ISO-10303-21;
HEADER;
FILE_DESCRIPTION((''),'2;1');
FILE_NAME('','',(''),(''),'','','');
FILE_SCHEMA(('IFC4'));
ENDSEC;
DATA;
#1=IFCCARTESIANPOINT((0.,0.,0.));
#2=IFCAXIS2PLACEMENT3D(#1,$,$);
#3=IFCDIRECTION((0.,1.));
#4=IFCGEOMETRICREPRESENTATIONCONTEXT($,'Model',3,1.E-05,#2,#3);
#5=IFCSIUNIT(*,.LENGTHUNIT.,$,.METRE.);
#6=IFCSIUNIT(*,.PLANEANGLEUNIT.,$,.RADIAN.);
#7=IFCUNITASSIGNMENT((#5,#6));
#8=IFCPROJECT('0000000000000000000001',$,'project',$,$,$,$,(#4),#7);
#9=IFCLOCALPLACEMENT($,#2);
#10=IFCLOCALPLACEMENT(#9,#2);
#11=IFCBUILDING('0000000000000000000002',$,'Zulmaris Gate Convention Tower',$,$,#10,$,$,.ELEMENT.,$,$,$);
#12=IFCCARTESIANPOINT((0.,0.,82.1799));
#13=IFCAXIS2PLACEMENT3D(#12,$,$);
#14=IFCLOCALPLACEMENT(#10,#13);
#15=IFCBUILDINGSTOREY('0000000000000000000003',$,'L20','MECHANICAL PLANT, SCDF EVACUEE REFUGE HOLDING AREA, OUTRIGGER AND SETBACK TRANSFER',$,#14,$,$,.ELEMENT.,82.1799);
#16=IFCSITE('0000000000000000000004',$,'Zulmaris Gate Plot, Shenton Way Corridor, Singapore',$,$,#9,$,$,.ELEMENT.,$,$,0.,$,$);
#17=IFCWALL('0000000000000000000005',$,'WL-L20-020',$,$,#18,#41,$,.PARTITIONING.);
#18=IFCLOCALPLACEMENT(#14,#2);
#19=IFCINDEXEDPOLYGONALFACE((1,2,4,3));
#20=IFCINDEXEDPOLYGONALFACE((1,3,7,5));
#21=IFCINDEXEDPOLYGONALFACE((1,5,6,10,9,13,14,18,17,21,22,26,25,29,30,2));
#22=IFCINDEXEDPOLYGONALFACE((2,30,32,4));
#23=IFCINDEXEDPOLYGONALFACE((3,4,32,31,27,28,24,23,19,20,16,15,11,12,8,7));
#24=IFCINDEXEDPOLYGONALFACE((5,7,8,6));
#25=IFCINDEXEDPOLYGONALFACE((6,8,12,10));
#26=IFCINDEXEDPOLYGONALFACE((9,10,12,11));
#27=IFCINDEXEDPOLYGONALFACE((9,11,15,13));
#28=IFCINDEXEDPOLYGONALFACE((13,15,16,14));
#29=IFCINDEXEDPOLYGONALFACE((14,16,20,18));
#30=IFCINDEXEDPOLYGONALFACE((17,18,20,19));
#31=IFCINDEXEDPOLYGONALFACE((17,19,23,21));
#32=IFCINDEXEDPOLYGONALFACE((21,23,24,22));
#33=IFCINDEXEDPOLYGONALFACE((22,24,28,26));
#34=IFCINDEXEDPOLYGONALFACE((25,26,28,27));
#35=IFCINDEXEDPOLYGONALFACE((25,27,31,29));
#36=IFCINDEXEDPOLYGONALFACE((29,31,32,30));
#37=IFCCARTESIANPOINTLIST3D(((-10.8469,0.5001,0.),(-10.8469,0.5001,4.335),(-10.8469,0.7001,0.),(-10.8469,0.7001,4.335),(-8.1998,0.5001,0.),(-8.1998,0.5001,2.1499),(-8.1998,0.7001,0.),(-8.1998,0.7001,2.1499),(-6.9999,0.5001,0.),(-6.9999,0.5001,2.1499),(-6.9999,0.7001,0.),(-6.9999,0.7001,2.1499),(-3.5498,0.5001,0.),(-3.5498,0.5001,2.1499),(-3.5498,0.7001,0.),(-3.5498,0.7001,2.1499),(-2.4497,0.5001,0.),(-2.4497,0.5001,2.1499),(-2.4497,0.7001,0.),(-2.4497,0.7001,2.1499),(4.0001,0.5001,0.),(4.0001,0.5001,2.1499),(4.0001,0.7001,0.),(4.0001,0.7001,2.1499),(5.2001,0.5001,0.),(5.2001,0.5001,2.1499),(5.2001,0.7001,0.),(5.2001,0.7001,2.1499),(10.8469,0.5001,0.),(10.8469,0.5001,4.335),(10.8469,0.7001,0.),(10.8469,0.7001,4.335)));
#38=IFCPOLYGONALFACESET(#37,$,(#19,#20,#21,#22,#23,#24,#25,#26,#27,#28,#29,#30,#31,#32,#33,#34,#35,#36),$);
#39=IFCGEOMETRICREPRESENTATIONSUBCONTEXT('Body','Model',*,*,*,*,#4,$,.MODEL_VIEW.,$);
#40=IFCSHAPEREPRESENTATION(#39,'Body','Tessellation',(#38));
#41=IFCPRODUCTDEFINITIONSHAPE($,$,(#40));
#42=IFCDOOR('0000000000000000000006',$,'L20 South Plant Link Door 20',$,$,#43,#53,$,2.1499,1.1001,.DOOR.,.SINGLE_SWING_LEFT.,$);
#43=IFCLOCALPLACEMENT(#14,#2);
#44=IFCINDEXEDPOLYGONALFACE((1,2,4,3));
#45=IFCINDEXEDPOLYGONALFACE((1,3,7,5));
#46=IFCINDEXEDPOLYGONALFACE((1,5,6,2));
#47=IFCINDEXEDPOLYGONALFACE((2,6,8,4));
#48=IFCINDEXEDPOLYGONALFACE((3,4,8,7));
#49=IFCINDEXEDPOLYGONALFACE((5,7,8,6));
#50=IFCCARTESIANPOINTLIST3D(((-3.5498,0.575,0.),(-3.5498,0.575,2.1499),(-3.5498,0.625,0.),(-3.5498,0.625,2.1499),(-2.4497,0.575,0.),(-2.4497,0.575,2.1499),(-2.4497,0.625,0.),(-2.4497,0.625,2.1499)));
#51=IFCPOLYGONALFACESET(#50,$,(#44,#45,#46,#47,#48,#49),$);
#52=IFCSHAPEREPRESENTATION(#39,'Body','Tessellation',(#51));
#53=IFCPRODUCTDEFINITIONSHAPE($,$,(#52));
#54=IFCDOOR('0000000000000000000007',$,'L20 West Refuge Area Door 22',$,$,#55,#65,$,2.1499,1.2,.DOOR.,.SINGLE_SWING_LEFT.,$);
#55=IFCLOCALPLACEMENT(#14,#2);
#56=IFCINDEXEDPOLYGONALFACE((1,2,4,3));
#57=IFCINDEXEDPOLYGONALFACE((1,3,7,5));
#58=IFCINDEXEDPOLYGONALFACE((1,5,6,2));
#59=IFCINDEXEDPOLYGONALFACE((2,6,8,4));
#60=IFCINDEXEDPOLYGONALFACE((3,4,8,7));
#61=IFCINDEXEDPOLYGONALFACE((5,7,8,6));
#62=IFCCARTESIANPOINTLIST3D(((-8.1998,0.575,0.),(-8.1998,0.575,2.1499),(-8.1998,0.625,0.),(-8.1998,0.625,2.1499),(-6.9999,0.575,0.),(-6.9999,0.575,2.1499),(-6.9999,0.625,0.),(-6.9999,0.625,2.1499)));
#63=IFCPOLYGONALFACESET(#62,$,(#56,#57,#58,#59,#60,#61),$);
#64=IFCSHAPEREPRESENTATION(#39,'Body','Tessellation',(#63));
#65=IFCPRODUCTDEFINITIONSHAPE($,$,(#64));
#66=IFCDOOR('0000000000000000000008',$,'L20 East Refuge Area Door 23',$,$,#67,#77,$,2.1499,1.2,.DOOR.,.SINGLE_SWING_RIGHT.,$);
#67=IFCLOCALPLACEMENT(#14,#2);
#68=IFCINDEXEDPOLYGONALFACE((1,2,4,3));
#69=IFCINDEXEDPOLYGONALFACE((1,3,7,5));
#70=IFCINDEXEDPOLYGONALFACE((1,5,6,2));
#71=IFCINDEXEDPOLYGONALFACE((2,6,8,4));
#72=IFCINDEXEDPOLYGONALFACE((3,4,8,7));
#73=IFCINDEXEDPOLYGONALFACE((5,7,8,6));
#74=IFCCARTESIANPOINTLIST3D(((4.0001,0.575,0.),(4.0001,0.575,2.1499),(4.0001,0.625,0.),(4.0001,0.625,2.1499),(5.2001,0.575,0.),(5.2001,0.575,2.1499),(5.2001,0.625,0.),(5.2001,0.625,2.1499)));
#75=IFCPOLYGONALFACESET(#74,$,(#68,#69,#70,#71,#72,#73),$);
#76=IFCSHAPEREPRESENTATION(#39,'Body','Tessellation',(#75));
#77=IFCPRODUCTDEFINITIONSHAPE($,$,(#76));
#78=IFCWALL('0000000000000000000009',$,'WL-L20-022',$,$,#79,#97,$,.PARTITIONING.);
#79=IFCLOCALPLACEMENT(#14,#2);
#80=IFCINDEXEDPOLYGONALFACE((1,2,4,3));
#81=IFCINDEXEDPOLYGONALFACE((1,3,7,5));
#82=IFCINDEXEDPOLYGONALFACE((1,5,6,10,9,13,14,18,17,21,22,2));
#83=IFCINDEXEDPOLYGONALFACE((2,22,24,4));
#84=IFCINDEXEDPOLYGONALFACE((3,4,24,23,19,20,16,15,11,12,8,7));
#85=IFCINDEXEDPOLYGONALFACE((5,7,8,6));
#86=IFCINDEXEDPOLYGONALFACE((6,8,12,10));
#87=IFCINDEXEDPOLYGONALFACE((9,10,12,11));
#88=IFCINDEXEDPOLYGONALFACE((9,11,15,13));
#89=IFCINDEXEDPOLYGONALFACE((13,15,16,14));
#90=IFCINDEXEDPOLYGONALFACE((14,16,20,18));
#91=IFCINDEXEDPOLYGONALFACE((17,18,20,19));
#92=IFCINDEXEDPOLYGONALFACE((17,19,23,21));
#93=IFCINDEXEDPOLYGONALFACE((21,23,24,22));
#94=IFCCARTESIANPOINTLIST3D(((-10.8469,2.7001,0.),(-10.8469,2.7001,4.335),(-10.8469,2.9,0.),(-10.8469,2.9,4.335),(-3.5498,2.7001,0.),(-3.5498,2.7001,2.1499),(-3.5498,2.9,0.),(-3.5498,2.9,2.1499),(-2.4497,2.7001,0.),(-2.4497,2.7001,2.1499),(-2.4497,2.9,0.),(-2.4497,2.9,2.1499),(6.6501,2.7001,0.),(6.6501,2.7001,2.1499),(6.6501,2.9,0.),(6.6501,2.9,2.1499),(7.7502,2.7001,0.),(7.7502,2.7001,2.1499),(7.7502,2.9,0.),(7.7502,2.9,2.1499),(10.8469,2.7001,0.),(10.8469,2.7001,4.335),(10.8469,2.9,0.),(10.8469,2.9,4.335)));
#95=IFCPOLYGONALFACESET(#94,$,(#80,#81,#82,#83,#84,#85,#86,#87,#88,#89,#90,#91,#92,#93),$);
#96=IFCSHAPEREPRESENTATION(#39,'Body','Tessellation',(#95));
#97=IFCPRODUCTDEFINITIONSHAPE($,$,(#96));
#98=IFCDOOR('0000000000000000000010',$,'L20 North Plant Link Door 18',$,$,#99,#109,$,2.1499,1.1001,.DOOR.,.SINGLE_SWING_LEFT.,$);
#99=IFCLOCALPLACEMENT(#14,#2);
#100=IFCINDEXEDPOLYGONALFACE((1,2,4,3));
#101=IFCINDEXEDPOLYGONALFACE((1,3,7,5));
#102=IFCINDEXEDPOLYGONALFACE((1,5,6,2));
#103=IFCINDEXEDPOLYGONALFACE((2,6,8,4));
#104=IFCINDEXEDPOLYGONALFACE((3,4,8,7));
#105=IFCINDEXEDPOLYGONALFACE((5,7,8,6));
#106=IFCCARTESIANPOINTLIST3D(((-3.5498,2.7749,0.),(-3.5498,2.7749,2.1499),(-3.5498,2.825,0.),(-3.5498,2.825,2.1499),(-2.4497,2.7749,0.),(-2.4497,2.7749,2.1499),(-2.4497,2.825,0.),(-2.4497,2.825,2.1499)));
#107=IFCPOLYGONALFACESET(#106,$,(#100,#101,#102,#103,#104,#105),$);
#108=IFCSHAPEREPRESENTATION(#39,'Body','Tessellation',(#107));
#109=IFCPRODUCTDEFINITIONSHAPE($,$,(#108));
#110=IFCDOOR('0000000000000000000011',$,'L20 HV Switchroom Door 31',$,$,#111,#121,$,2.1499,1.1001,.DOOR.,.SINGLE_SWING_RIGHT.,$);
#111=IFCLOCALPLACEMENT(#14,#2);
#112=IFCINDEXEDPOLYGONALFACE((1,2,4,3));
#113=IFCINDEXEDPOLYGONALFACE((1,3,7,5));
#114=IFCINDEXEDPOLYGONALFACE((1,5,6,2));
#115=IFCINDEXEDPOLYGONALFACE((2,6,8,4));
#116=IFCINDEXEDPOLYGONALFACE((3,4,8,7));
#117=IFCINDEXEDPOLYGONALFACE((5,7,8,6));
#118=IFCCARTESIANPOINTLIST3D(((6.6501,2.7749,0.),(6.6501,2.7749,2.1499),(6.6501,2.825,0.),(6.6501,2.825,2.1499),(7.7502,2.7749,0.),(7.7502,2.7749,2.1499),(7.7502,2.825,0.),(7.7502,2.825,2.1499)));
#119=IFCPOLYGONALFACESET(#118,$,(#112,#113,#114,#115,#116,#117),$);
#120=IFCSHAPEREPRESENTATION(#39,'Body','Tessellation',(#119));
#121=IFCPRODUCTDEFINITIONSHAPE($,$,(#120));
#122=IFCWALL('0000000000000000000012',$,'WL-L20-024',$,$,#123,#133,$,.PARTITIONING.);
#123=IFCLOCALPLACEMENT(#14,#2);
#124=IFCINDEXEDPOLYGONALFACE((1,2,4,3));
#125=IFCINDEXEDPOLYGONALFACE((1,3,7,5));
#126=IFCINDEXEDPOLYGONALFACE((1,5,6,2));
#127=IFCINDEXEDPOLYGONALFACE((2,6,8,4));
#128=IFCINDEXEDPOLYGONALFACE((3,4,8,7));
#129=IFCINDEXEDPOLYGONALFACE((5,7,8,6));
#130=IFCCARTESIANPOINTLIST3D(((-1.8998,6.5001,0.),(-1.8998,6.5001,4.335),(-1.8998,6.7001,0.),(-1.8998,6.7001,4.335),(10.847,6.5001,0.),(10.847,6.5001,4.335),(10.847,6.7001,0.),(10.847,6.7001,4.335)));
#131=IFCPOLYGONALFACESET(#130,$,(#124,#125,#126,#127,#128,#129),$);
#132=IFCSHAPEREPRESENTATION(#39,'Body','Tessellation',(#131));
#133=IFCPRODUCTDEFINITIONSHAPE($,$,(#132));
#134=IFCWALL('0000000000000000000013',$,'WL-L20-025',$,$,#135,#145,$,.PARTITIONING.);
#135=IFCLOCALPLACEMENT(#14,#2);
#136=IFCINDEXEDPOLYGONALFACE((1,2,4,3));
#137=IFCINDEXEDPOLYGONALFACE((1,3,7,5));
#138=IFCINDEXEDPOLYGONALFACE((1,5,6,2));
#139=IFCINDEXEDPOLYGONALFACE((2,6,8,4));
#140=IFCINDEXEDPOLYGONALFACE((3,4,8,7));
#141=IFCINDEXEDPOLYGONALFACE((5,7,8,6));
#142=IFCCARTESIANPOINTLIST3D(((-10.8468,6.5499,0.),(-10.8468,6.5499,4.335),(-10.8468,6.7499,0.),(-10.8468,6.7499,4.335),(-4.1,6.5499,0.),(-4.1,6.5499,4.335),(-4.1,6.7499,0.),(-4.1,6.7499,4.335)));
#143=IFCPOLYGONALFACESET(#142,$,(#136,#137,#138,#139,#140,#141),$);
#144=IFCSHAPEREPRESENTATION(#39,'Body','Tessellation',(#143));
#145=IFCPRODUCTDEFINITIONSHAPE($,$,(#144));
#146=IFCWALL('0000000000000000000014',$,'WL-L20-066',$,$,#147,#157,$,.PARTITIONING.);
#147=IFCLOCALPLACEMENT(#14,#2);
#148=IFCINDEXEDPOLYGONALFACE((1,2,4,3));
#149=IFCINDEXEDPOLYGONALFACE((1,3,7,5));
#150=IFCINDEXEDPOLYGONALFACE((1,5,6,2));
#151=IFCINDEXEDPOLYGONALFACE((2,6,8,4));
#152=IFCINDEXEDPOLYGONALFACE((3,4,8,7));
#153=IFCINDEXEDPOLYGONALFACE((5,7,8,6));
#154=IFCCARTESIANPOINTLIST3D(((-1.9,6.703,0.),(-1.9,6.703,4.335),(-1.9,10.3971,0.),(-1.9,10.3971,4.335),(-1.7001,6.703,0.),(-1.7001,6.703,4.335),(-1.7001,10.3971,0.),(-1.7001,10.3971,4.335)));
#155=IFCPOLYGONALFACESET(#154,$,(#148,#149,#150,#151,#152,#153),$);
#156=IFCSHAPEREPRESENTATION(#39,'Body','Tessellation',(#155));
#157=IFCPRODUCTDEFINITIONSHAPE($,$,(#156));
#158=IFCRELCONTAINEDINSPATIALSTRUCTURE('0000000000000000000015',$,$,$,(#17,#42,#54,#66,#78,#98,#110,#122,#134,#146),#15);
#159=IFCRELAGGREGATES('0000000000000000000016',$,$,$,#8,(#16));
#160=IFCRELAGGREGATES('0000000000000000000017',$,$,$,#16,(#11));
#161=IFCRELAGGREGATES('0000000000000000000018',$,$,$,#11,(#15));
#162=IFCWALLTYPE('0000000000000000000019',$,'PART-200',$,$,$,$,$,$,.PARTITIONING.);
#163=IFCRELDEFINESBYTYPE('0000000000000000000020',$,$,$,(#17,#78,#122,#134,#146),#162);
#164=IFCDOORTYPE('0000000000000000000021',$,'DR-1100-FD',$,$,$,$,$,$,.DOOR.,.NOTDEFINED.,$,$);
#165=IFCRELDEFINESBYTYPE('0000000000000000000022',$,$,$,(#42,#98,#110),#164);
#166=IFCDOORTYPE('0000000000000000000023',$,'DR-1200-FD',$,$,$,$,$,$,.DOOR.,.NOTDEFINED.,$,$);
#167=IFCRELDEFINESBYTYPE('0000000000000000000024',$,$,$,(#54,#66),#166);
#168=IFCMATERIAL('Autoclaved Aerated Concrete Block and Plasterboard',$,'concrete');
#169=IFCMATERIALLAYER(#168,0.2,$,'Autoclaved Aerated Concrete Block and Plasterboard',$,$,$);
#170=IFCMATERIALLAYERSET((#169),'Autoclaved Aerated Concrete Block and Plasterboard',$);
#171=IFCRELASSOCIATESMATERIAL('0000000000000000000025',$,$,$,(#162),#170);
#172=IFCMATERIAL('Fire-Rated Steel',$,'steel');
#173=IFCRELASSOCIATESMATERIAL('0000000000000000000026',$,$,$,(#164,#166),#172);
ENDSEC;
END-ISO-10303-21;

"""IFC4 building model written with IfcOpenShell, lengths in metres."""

from ifc_helpers import new_model, si_unit, direction, frame, frame_2d, origin, place, context, subcontext, project, spatial, rectangle, extrude, material, layer, layer_set, type_object, element, fill, save


model = new_model("IFC4")

# Units and contexts
model_context = context("Model", 3, precision=1e-05, world=origin(), true_north=direction((0.0, 1.0)))
body_context = subcontext(model_context, "Body", "Model", "MODEL_VIEW")
ifc_project = project(units=[si_unit("LENGTHUNIT", "METRE"), si_unit("PLANEANGLEUNIT", "RADIAN")], contexts=[model_context])

# Site, building, storey
site_placement = place(None, origin())
site = spatial("IfcSite", under=ifc_project, at=site_placement, Name="Zulmaris Gate Plot, Shenton Way Corridor, Singapore", CompositionType="ELEMENT", RefElevation=0.0)
building_placement = place(site_placement, origin())
building = spatial("IfcBuilding", under=site, at=building_placement, Name="Zulmaris Gate Convention Tower", CompositionType="ELEMENT")
storey_placement = place(building_placement, frame((0.0, 0.0, 82.1799)))
storey = spatial("IfcBuildingStorey", under=building, at=storey_placement, Name="L20", Description="MECHANICAL PLANT, SCDF EVACUEE REFUGE HOLDING AREA, OUTRIGGER AND SETBACK TRANSFER", CompositionType="ELEMENT", Elevation=82.1799)

# Walls, openings, doors
ifc_material_1 = material(Name="Autoclaved Aerated Concrete Block and Plasterboard", Category="concrete")
ifc_layer_1 = layer(ifc_material_1, 0.2, Name="Autoclaved Aerated Concrete Block and Plasterboard")
ifc_layer_set_1 = layer_set([ifc_layer_1], Name="Autoclaved Aerated Concrete Block and Plasterboard")
wall_type = type_object("IfcWallType", Name="PART-200", PredefinedType="PARTITIONING", material=ifc_layer_set_1)
wall_1_placement = place(storey_placement, frame((-10.8469, 0.6001, 0.0), z_axis=(0.0, 0.0, 1.0), x_axis=(1.0, 0.0, 0.0)))
wall_1 = element("IfcWall", 1, at=wall_1_placement, inside=storey, type_object=wall_type, Name="WL-L20-020", PredefinedType="PARTITIONING", context=body_context, shape_type="SweptSolid", body=[
    extrude(rectangle(XDim=21.6938, YDim=0.2, at=frame_2d((10.8469, 0.0))), origin(), (0.0, 0.0, 1.0), 4.335),
])
opening_1_placement = place(wall_1_placement, frame((7.2971, 0.0, 0.0)))
opening_1 = element("IfcOpeningElement", 2, at=opening_1_placement, cuts=wall_1, PredefinedType="OPENING", context=body_context, shape_type="SweptSolid", body=[
    extrude(rectangle(XDim=1.1001, YDim=2.1499, at=frame_2d((0.55, 1.075))), frame((0.0, 0.1099, 0.0), z_axis=(0.0, -1.0, 0.0), x_axis=(1.0, 0.0, 0.0)), (0.0, 0.0, 1.0), 0.22),
])
opening_2_placement = place(wall_1_placement, frame((2.647, 0.0, 0.0)))
opening_2 = element("IfcOpeningElement", 3, at=opening_2_placement, cuts=wall_1, PredefinedType="OPENING", context=body_context, shape_type="SweptSolid", body=[
    extrude(rectangle(XDim=1.2, YDim=2.1499, at=frame_2d((0.6001, 1.075))), frame((0.0, 0.1099, 0.0), z_axis=(0.0, -1.0, 0.0), x_axis=(1.0, 0.0, 0.0)), (0.0, 0.0, 1.0), 0.22),
])
opening_3_placement = place(wall_1_placement, frame((14.8469, 0.0, 0.0)))
opening_3 = element("IfcOpeningElement", 4, at=opening_3_placement, cuts=wall_1, PredefinedType="OPENING", context=body_context, shape_type="SweptSolid", body=[
    extrude(rectangle(XDim=1.2, YDim=2.1499, at=frame_2d((0.6001, 1.075))), frame((0.0, 0.1099, 0.0), z_axis=(0.0, -1.0, 0.0), x_axis=(1.0, 0.0, 0.0)), (0.0, 0.0, 1.0), 0.22),
])
ifc_material_2 = material(Name="Fire-Rated Steel", Category="steel")
door_type_1 = type_object("IfcDoorType", Name="DR-1100-FD", OperationType="NOTDEFINED", PredefinedType="DOOR", material=ifc_material_2)
door_1_placement = place(opening_1_placement, origin())
door_1 = element("IfcDoor", 5, at=door_1_placement, inside=storey, type_object=door_type_1, Name="L20 South Plant Link Door 20", OperationType="SINGLE_SWING_LEFT", OverallHeight=2.1499, OverallWidth=1.1001, PredefinedType="DOOR", context=body_context, shape_type="SweptSolid", body=[
    extrude(rectangle(XDim=1.1001, YDim=2.1499, at=frame_2d((0.55, 1.075))), frame((0.0, 0.0249, 0.0), z_axis=(0.0, -1.0, 0.0), x_axis=(1.0, 0.0, 0.0)), (0.0, 0.0, 1.0), 0.05),
])
fill(opening_1, door_1)
door_type_2 = type_object("IfcDoorType", Name="DR-1200-FD", OperationType="NOTDEFINED", PredefinedType="DOOR", material=ifc_material_2)
door_2_placement = place(opening_2_placement, origin())
door_2 = element("IfcDoor", 6, at=door_2_placement, inside=storey, type_object=door_type_2, Name="L20 West Refuge Area Door 22", OperationType="SINGLE_SWING_LEFT", OverallHeight=2.1499, OverallWidth=1.2, PredefinedType="DOOR", context=body_context, shape_type="SweptSolid", body=[
    extrude(rectangle(XDim=1.2, YDim=2.1499, at=frame_2d((0.6001, 1.075))), frame((0.0, 0.0249, 0.0), z_axis=(0.0, -1.0, 0.0), x_axis=(1.0, 0.0, 0.0)), (0.0, 0.0, 1.0), 0.05),
])
fill(opening_2, door_2)
door_3_placement = place(opening_3_placement, origin())
door_3 = element("IfcDoor", 7, at=door_3_placement, inside=storey, type_object=door_type_2, Name="L20 East Refuge Area Door 23", OperationType="SINGLE_SWING_RIGHT", OverallHeight=2.1499, OverallWidth=1.2, PredefinedType="DOOR", context=body_context, shape_type="SweptSolid", body=[
    extrude(rectangle(XDim=1.2, YDim=2.1499, at=frame_2d((0.6001, 1.075))), frame((0.0, 0.0249, 0.0), z_axis=(0.0, -1.0, 0.0), x_axis=(1.0, 0.0, 0.0)), (0.0, 0.0, 1.0), 0.05),
])
fill(opening_3, door_3)
wall_2_placement = place(storey_placement, frame((-10.8469, 2.8, 0.0), z_axis=(0.0, 0.0, 1.0), x_axis=(1.0, 0.0, 0.0)))
wall_2 = element("IfcWall", 8, at=wall_2_placement, inside=storey, type_object=wall_type, Name="WL-L20-022", PredefinedType="PARTITIONING", context=body_context, shape_type="SweptSolid", body=[
    extrude(rectangle(XDim=21.6938, YDim=0.2, at=frame_2d((10.8469, 0.0))), origin(), (0.0, 0.0, 1.0), 4.335),
])
opening_4_placement = place(wall_2_placement, frame((7.2971, 0.0, 0.0)))
opening_4 = element("IfcOpeningElement", 9, at=opening_4_placement, cuts=wall_2, PredefinedType="OPENING", context=body_context, shape_type="SweptSolid", body=[
    extrude(rectangle(XDim=1.1001, YDim=2.1499, at=frame_2d((0.55, 1.075))), frame((0.0, 0.1099, 0.0), z_axis=(0.0, -1.0, 0.0), x_axis=(1.0, 0.0, 0.0)), (0.0, 0.0, 1.0), 0.22),
])
opening_5_placement = place(wall_2_placement, frame((17.4971, 0.0, 0.0)))
opening_5 = element("IfcOpeningElement", 10, at=opening_5_placement, cuts=wall_2, PredefinedType="OPENING", context=body_context, shape_type="SweptSolid", body=[
    extrude(rectangle(XDim=1.1001, YDim=2.1499, at=frame_2d((0.55, 1.075))), frame((0.0, 0.1099, 0.0), z_axis=(0.0, -1.0, 0.0), x_axis=(1.0, 0.0, 0.0)), (0.0, 0.0, 1.0), 0.22),
])
door_4_placement = place(opening_4_placement, origin())
door_4 = element("IfcDoor", 11, at=door_4_placement, inside=storey, type_object=door_type_1, Name="L20 North Plant Link Door 18", OperationType="SINGLE_SWING_LEFT", OverallHeight=2.1499, OverallWidth=1.1001, PredefinedType="DOOR", context=body_context, shape_type="SweptSolid", body=[
    extrude(rectangle(XDim=1.1001, YDim=2.1499, at=frame_2d((0.55, 1.075))), frame((0.0, 0.0249, 0.0), z_axis=(0.0, -1.0, 0.0), x_axis=(1.0, 0.0, 0.0)), (0.0, 0.0, 1.0), 0.05),
])
fill(opening_4, door_4)
door_5_placement = place(opening_5_placement, origin())
door_5 = element("IfcDoor", 12, at=door_5_placement, inside=storey, type_object=door_type_1, Name="L20 HV Switchroom Door 31", OperationType="SINGLE_SWING_RIGHT", OverallHeight=2.1499, OverallWidth=1.1001, PredefinedType="DOOR", context=body_context, shape_type="SweptSolid", body=[
    extrude(rectangle(XDim=1.1001, YDim=2.1499, at=frame_2d((0.55, 1.075))), frame((0.0, 0.0249, 0.0), z_axis=(0.0, -1.0, 0.0), x_axis=(1.0, 0.0, 0.0)), (0.0, 0.0, 1.0), 0.05),
])
fill(opening_5, door_5)

# Walls
wall_3_placement = place(storey_placement, frame((-1.8999, 6.6001, 0.0), z_axis=(0.0, 0.0, 1.0), x_axis=(1.0, 0.0, 0.0)))
element("IfcWall", 13, at=wall_3_placement, inside=storey, type_object=wall_type, Name="WL-L20-024", PredefinedType="PARTITIONING", context=body_context, shape_type="SweptSolid", body=[
    extrude(rectangle(XDim=12.7468, YDim=0.2, at=frame_2d((6.3735, 0.0))), origin(), (0.0, 0.0, 1.0), 4.335),
])
wall_4_placement = place(storey_placement, frame((-10.8469, 6.6499, 0.0), z_axis=(0.0, 0.0, 1.0), x_axis=(1.0, 0.0, 0.0)))
element("IfcWall", 14, at=wall_4_placement, inside=storey, type_object=wall_type, Name="WL-L20-025", PredefinedType="PARTITIONING", context=body_context, shape_type="SweptSolid", body=[
    extrude(rectangle(XDim=6.7468, YDim=0.2, at=frame_2d((3.3735, 0.0))), origin(), (0.0, 0.0, 1.0), 4.335),
])

# Wall
wall_5_placement = place(storey_placement, frame((-1.8, 6.7029, 0.0), z_axis=(0.0, 0.0, 1.0), x_axis=(0.0, 1.0, 0.0)))
element("IfcWall", 15, at=wall_5_placement, inside=storey, type_object=wall_type, Name="WL-L20-066", PredefinedType="PARTITIONING", context=body_context, shape_type="SweptSolid", body=[
    extrude(rectangle(XDim=3.6941, YDim=0.2, at=frame_2d((1.8472, 0.0))), origin(), (0.0, 0.0, 1.0), 4.335),
])

save(model, "model.ifc")
